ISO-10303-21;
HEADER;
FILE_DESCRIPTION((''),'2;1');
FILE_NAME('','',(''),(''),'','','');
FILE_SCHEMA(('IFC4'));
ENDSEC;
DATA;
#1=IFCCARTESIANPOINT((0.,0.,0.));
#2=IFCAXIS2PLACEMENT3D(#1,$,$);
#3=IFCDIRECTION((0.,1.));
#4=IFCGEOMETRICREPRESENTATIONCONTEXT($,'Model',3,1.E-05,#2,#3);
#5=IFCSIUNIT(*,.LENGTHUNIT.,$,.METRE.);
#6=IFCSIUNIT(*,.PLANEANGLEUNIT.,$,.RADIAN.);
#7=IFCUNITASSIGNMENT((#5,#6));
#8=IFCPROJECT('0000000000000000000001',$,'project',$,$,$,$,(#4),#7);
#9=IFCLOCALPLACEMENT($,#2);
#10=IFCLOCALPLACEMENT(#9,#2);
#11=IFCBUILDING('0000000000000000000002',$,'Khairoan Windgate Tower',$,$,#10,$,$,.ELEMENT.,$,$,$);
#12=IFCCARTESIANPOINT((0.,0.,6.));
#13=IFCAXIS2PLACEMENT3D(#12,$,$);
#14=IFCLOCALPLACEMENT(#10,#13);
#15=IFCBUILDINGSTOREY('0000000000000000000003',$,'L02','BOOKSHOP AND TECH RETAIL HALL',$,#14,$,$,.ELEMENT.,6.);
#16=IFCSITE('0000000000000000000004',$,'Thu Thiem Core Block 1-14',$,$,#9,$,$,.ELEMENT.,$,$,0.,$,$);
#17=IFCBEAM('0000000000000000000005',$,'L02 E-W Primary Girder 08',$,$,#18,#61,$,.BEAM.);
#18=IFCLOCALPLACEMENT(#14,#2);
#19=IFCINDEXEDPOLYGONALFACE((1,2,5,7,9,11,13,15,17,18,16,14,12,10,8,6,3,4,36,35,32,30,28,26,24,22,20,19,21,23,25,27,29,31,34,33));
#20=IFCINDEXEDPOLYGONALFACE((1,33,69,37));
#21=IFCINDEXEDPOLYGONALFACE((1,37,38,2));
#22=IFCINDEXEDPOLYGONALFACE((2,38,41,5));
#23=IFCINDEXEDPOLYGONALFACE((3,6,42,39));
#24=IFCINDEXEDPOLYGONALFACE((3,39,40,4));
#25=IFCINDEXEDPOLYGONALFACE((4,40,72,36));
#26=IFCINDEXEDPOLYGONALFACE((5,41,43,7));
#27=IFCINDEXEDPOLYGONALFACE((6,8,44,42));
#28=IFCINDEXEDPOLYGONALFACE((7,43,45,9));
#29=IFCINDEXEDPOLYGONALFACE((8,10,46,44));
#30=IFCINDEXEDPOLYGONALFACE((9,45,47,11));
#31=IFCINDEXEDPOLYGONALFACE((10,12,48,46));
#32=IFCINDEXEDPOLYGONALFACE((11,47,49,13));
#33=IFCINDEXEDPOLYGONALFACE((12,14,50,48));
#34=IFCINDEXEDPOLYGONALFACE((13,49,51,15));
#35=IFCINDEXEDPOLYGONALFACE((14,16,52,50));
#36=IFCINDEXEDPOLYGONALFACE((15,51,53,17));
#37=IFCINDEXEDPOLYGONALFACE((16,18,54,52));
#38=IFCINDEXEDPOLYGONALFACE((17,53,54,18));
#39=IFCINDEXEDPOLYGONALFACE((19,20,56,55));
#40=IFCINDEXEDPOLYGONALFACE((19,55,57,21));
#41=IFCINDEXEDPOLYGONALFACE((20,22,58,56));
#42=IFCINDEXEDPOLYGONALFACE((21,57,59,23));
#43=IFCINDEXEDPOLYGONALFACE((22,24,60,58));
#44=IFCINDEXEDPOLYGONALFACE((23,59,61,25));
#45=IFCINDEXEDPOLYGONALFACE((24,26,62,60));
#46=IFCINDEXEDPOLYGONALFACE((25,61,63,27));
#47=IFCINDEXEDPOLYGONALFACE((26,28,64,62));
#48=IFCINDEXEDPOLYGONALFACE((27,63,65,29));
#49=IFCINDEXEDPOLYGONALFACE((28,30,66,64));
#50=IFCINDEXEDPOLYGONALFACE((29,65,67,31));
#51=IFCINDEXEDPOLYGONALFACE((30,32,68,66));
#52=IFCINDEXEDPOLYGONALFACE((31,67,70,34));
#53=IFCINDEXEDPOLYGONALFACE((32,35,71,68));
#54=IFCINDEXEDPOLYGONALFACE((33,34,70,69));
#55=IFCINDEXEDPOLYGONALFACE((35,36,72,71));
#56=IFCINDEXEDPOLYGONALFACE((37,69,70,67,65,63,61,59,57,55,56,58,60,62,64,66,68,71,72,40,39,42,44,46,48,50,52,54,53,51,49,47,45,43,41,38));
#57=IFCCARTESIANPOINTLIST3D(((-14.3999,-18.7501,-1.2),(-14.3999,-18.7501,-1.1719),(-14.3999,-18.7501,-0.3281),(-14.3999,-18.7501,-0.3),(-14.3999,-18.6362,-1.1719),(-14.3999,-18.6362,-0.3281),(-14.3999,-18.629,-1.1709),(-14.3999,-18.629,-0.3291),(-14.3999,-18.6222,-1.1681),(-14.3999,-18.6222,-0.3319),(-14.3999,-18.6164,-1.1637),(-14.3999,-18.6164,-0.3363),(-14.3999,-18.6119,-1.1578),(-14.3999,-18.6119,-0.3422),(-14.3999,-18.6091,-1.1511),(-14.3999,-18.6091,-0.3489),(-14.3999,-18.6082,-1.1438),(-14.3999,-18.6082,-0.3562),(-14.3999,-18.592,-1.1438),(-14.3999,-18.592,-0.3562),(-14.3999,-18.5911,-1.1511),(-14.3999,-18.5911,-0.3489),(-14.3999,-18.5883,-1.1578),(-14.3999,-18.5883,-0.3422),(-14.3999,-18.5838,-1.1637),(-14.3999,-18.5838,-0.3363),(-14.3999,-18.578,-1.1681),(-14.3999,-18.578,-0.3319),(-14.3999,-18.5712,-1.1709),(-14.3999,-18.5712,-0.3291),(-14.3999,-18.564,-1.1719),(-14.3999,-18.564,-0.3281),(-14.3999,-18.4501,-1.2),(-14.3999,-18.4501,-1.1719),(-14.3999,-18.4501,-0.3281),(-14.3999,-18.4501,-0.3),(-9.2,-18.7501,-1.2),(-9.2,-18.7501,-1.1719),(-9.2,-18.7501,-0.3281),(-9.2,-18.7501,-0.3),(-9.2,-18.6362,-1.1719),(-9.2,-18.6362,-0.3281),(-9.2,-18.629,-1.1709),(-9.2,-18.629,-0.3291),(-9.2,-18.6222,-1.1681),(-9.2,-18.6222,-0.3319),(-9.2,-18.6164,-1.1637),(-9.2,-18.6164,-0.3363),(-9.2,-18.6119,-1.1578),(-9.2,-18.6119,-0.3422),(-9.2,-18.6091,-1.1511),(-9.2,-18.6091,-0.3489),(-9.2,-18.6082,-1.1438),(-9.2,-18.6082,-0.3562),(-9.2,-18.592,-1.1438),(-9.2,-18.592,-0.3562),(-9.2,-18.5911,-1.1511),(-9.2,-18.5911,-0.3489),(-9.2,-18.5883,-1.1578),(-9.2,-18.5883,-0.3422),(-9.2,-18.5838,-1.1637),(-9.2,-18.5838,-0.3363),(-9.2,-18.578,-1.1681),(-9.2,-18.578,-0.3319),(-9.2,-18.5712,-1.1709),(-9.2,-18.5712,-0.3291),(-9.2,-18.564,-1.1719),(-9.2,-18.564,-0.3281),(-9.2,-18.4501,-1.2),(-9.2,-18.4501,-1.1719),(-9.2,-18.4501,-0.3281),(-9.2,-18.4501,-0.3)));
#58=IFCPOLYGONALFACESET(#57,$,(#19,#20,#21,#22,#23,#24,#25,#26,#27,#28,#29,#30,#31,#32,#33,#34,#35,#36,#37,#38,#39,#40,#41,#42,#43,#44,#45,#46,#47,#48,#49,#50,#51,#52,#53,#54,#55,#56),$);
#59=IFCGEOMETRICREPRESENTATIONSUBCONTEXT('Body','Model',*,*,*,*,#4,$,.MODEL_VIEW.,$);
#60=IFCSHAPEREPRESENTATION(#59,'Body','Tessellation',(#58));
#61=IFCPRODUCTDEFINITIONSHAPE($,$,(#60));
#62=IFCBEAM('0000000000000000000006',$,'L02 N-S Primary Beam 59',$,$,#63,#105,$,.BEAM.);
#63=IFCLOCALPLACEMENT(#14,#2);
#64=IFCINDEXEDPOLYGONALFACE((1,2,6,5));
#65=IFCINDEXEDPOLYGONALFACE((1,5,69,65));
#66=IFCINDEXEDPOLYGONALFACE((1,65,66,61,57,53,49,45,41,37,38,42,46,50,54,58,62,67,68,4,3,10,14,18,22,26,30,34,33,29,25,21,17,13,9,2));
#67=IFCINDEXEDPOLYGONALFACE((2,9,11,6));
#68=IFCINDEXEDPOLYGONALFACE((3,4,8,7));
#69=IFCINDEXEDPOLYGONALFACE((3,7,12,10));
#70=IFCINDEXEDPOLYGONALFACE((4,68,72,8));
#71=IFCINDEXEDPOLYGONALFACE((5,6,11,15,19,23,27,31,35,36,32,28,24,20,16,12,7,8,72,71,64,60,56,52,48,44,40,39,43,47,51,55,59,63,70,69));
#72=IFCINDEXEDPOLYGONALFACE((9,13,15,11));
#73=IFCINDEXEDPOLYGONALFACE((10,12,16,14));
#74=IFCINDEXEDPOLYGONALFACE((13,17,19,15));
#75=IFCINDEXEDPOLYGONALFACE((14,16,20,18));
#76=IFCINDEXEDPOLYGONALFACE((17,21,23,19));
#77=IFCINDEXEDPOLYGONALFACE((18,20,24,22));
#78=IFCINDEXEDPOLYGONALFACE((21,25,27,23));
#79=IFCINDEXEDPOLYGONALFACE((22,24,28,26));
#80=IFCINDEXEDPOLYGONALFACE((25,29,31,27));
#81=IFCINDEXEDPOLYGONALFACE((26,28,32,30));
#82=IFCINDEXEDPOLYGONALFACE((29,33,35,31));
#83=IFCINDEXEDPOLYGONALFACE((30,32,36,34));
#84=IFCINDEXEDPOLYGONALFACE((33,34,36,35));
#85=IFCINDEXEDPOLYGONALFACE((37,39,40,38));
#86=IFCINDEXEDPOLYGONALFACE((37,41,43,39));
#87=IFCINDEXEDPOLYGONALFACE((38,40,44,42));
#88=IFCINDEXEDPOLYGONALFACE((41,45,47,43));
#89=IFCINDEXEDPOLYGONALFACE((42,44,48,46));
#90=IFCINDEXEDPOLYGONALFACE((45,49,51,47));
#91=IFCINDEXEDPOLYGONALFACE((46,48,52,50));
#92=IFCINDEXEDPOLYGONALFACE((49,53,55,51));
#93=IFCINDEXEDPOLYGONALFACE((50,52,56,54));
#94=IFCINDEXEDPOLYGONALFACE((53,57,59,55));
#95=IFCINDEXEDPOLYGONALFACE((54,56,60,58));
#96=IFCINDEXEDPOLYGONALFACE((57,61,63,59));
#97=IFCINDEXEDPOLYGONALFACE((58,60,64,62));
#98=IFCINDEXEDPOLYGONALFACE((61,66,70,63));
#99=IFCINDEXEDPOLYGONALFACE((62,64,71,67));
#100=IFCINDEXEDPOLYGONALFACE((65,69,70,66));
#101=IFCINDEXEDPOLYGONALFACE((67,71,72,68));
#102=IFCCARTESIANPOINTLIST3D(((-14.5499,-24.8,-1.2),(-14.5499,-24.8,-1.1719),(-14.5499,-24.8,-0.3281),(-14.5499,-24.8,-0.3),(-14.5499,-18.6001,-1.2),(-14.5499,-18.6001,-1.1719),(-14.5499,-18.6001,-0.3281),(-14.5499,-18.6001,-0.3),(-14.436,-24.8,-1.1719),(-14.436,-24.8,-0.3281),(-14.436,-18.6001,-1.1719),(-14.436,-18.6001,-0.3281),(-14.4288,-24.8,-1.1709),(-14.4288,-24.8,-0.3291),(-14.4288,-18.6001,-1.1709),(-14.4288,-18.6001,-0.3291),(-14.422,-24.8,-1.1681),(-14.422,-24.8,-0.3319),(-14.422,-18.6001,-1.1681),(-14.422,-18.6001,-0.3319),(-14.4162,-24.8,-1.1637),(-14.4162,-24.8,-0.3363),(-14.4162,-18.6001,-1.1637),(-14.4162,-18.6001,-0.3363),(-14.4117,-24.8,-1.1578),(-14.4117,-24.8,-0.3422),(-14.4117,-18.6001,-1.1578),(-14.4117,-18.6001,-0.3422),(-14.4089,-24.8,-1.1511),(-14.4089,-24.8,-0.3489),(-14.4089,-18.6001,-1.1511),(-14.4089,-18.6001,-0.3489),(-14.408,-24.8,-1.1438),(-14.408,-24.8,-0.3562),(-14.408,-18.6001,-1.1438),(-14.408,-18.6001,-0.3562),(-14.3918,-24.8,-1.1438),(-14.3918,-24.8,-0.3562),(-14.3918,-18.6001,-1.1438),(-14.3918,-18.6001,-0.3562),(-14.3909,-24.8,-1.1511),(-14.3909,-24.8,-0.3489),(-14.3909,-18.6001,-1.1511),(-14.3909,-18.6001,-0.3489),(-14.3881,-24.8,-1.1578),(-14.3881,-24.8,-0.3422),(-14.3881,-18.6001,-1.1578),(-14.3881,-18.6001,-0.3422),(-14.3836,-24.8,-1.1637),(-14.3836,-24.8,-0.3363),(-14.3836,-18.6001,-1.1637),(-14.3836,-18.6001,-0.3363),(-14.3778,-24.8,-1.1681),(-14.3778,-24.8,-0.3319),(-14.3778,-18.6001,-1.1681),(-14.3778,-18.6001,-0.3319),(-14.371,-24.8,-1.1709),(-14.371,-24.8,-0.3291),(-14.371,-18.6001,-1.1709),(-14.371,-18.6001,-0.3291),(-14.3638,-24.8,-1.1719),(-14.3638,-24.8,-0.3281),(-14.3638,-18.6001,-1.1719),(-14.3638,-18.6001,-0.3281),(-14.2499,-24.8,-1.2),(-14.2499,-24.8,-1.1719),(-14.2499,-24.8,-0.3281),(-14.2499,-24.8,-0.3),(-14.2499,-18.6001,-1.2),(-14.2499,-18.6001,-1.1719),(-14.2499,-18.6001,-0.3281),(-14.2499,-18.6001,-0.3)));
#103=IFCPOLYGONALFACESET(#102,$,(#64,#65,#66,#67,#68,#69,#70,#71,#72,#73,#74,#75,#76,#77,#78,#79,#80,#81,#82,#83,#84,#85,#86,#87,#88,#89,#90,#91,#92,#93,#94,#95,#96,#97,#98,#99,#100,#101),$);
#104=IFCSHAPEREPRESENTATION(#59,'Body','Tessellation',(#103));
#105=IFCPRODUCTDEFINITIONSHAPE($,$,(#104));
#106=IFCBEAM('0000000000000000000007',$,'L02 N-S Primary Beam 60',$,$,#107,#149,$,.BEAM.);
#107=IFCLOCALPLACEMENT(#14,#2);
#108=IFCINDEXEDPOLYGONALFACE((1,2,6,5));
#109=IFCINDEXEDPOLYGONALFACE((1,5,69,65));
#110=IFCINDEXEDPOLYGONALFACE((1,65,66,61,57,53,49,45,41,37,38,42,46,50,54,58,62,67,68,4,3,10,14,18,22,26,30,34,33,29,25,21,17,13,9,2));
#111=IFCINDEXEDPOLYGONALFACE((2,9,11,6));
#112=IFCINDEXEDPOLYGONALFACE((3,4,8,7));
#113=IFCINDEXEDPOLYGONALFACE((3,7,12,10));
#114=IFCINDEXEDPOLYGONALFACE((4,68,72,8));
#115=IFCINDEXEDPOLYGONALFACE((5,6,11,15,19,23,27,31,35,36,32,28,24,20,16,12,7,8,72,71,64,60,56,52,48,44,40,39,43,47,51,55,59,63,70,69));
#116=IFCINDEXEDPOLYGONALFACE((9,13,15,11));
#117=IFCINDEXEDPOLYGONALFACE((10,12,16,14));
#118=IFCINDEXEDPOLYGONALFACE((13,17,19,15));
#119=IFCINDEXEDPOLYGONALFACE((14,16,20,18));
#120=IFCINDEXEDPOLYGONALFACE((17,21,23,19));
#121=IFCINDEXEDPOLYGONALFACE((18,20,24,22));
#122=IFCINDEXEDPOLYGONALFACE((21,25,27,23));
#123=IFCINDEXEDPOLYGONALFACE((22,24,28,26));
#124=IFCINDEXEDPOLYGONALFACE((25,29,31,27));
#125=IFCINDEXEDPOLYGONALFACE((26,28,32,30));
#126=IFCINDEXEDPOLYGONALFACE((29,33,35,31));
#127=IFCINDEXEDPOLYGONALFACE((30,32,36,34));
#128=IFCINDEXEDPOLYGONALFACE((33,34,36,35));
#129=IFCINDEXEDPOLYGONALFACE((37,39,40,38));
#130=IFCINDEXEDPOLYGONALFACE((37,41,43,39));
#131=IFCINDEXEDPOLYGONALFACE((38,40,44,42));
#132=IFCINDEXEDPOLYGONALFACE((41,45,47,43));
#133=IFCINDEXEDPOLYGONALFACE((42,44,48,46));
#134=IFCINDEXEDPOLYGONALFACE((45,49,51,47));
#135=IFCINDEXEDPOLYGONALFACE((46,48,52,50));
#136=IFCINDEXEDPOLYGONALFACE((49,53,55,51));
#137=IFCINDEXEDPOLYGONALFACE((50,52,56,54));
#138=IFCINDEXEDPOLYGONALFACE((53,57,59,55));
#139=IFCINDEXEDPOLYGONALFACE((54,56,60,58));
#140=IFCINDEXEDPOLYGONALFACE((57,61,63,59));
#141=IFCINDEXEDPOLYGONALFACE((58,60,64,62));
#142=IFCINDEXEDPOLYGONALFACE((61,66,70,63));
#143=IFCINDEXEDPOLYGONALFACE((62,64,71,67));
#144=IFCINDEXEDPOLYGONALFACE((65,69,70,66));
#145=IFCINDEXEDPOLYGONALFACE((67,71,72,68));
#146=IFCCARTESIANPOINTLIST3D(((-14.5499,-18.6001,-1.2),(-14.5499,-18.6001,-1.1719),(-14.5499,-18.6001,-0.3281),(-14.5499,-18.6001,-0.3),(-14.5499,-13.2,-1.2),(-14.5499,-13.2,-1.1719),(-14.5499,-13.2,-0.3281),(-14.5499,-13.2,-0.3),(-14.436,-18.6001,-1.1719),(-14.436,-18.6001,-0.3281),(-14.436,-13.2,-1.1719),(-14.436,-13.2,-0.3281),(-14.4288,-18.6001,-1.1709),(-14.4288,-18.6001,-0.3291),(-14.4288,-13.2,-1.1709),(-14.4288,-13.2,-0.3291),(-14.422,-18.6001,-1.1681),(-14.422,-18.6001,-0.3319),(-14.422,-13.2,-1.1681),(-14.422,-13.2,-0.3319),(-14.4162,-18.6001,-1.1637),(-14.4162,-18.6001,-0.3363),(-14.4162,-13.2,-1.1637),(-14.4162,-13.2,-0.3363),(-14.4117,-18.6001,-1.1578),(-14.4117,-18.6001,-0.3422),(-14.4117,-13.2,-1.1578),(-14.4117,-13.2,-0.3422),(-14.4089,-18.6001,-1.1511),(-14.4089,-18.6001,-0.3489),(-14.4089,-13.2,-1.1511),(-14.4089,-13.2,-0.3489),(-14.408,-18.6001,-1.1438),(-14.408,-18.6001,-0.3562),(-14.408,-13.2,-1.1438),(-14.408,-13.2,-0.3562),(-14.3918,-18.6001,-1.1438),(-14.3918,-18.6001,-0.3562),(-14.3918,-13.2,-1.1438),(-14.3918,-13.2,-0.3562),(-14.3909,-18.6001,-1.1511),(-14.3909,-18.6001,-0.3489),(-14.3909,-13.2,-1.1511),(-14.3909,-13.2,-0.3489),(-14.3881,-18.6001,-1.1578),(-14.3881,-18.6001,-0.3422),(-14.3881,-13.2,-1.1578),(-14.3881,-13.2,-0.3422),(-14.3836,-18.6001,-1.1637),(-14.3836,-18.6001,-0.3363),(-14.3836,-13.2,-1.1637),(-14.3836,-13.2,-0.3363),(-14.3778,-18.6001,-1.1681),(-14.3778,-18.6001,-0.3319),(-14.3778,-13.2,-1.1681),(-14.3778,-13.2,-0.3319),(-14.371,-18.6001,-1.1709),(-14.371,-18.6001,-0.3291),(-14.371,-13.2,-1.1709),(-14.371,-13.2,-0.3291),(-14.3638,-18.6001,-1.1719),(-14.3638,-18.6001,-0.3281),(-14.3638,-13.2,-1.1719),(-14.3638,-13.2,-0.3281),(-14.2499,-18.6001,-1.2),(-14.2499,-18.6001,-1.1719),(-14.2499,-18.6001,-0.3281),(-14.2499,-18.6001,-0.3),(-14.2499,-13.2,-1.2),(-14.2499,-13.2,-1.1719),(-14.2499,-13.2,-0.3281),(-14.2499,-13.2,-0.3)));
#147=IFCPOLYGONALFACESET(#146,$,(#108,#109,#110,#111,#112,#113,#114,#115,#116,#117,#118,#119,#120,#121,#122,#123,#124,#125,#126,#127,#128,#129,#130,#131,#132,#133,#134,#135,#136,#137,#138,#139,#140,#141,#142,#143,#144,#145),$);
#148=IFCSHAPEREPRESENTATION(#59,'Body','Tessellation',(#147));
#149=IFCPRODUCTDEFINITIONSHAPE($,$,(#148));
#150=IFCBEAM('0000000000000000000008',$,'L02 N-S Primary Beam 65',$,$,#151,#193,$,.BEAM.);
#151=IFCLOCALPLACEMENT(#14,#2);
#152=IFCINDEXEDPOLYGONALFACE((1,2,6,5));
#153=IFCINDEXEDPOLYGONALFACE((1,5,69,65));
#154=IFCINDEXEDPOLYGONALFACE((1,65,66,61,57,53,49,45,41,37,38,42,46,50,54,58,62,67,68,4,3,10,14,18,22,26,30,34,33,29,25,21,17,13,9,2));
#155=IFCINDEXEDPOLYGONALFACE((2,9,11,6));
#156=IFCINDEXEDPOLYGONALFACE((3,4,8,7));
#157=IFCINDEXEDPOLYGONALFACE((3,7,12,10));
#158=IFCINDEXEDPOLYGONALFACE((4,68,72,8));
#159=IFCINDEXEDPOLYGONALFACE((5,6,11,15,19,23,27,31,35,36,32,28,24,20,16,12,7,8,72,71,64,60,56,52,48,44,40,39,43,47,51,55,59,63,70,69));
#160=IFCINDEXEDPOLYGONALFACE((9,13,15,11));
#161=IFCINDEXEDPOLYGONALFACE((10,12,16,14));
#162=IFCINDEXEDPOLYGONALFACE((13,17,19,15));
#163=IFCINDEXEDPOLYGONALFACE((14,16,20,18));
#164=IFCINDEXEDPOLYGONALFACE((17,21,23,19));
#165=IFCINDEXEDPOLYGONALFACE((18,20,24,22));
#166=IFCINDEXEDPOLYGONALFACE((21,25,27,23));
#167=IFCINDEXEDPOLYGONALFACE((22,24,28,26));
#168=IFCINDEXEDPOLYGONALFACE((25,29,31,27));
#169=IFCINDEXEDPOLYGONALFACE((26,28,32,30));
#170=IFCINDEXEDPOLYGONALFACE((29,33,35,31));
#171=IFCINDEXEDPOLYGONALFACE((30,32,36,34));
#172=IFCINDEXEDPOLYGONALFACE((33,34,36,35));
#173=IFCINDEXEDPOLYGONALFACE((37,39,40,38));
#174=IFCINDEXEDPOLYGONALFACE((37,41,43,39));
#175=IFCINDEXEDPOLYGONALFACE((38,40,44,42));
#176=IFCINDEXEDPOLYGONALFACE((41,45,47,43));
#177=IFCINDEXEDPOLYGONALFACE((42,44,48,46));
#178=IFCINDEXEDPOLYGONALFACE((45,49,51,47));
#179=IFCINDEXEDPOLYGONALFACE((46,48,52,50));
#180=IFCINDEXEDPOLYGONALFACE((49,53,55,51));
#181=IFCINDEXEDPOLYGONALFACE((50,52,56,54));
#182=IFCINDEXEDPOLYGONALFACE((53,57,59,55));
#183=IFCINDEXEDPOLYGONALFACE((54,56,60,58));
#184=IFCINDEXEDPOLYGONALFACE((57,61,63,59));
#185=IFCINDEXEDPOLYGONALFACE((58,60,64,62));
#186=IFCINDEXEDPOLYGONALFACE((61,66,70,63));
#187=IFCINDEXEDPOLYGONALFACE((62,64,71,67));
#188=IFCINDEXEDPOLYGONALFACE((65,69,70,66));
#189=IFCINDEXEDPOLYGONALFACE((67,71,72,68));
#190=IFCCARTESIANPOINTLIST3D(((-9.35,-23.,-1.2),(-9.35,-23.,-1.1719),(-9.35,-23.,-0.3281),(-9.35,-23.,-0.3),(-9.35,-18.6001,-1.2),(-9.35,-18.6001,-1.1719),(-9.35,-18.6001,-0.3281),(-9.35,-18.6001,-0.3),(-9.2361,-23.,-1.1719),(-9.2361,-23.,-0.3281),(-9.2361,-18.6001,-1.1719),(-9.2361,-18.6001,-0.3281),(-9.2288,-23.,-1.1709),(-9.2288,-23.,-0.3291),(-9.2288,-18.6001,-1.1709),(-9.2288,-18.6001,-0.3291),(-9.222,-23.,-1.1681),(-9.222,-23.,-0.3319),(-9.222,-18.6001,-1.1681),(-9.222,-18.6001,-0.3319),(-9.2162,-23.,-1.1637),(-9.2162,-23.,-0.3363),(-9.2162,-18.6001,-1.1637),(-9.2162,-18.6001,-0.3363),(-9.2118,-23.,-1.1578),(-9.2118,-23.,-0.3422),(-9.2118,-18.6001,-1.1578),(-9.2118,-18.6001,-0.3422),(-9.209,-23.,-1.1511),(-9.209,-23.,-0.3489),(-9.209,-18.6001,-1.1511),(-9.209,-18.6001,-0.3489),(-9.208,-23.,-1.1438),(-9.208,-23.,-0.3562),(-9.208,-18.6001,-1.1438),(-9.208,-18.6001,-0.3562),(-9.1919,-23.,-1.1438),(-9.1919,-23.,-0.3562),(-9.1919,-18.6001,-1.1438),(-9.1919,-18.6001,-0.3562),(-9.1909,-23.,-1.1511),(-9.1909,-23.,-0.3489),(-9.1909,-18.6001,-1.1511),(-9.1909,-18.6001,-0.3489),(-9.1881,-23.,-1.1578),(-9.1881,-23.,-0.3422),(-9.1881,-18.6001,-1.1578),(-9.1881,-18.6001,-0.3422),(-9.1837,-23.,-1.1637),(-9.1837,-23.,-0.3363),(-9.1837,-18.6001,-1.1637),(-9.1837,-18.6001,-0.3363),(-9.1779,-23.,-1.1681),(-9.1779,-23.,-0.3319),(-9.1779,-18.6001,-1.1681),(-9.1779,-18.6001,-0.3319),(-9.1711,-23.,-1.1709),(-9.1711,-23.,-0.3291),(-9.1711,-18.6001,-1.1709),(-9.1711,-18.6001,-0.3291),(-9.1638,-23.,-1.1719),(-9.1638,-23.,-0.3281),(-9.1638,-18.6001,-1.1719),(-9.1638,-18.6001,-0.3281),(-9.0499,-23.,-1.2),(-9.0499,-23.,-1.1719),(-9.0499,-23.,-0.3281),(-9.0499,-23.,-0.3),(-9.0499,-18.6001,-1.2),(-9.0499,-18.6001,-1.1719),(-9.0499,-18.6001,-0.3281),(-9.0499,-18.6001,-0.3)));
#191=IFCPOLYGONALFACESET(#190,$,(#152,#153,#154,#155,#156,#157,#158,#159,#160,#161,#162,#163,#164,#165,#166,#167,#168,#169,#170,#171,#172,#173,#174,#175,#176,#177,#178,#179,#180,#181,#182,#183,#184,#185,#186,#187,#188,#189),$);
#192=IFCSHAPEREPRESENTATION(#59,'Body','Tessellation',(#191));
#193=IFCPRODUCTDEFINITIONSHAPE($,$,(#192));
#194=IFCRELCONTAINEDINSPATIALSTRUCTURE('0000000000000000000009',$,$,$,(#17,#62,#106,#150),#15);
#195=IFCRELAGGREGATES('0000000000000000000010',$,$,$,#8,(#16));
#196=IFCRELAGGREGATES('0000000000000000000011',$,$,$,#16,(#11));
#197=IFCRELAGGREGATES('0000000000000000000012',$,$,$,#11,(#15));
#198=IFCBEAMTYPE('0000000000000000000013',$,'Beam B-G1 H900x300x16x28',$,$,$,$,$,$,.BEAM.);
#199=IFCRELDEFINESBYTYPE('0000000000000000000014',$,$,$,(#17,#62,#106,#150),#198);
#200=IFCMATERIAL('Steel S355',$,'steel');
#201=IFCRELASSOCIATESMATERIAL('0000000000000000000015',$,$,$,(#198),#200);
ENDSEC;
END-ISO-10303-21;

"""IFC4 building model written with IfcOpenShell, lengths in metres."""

from ifc_helpers import new_model, si_unit, direction, frame, origin, origin_2d, place, context, subcontext, project, spatial, i_section, extrude, material, material_profile, profile_set, type_object, element, save


model = new_model("IFC4")

# Units and contexts
model_context = context("Model", 3, precision=1e-05, world=origin(), true_north=direction((0.0, 1.0)))
body_context = subcontext(model_context, "Body", "Model", "MODEL_VIEW")
ifc_project = project(units=[si_unit("LENGTHUNIT", "METRE"), si_unit("PLANEANGLEUNIT", "RADIAN")], contexts=[model_context])

# Site, building, storey
site_placement = place(None, origin())
site = spatial("IfcSite", under=ifc_project, at=site_placement, Name="Thu Thiem Core Block 1-14", CompositionType="ELEMENT", RefElevation=0.0)
building_placement = place(site_placement, origin())
building = spatial("IfcBuilding", under=site, at=building_placement, Name="Khairoan Windgate Tower", CompositionType="ELEMENT")
storey_placement = place(building_placement, frame((0.0, 0.0, 6.0)))
storey = spatial("IfcBuildingStorey", under=building, at=storey_placement, Name="L02", Description="BOOKSHOP AND TECH RETAIL HALL", CompositionType="ELEMENT", Elevation=6.0)

# Beams
ifc_material_1 = material(Name="Steel S355", Category="steel")
ifc_material_profile_1 = material_profile(ifc_material_1, i_section(OverallWidth=0.3, OverallDepth=0.8999, WebThickness=0.0161, FlangeThickness=0.0281, FilletRadius=0.0281, at=origin_2d()))
ifc_profile_set_1 = profile_set([ifc_material_profile_1], Name="Steel S355")
beam_type_1 = type_object("IfcBeamType", Name="Beam B-G1 H900x300x16x28", PredefinedType="BEAM", material=ifc_profile_set_1)
beam_1_placement = place(storey_placement, frame((-14.3999, -18.6001, -0.75), z_axis=(1.0, 0.0, 0.0), x_axis=(0.0, 1.0, 0.0)))
element("IfcBeam", 1, at=beam_1_placement, inside=storey, type_object=beam_type_1, Name="L02 E-W Primary Girder 08", PredefinedType="BEAM", context=body_context, shape_type="SweptSolid", body=[
    extrude(i_section(OverallWidth=0.3, OverallDepth=0.8999, WebThickness=0.0161, FlangeThickness=0.0281, FilletRadius=0.0281, at=origin_2d()), origin(), (0.0, 0.0, 1.0), 5.2),
])
beam_2_placement = place(storey_placement, frame((-14.3999, -24.8, -0.75), z_axis=(0.0, 1.0, 0.0), x_axis=(-1.0, 0.0, 0.0)))
element("IfcBeam", 2, at=beam_2_placement, inside=storey, type_object=beam_type_1, Name="L02 N-S Primary Beam 59", PredefinedType="BEAM", context=body_context, shape_type="SweptSolid", body=[
    extrude(i_section(OverallWidth=0.3, OverallDepth=0.8999, WebThickness=0.0161, FlangeThickness=0.0281, FilletRadius=0.0281, at=origin_2d()), origin(), (0.0, 0.0, 1.0), 6.2),
])
beam_3_placement = place(storey_placement, frame((-14.3999, -18.6001, -0.75), z_axis=(0.0, 1.0, 0.0), x_axis=(-1.0, 0.0, 0.0)))
element("IfcBeam", 3, at=beam_3_placement, inside=storey, type_object=beam_type_1, Name="L02 N-S Primary Beam 60", PredefinedType="BEAM", context=body_context, shape_type="SweptSolid", body=[
    extrude(i_section(OverallWidth=0.3, OverallDepth=0.8999, WebThickness=0.0161, FlangeThickness=0.0281, FilletRadius=0.0281, at=origin_2d()), origin(), (0.0, 0.0, 1.0), 5.4001),
])
beam_4_placement = place(storey_placement, frame((-9.2, -23.0, -0.75), z_axis=(0.0, 1.0, 0.0), x_axis=(-1.0, 0.0, 0.0)))
element("IfcBeam", 4, at=beam_4_placement, inside=storey, type_object=beam_type_1, Name="L02 N-S Primary Beam 65", PredefinedType="BEAM", context=body_context, shape_type="SweptSolid", body=[
    extrude(i_section(OverallWidth=0.3, OverallDepth=0.8999, WebThickness=0.0161, FlangeThickness=0.0281, FilletRadius=0.0281, at=origin_2d()), origin(), (0.0, 0.0, 1.0), 4.3999),
])

save(model, "model.ifc")
